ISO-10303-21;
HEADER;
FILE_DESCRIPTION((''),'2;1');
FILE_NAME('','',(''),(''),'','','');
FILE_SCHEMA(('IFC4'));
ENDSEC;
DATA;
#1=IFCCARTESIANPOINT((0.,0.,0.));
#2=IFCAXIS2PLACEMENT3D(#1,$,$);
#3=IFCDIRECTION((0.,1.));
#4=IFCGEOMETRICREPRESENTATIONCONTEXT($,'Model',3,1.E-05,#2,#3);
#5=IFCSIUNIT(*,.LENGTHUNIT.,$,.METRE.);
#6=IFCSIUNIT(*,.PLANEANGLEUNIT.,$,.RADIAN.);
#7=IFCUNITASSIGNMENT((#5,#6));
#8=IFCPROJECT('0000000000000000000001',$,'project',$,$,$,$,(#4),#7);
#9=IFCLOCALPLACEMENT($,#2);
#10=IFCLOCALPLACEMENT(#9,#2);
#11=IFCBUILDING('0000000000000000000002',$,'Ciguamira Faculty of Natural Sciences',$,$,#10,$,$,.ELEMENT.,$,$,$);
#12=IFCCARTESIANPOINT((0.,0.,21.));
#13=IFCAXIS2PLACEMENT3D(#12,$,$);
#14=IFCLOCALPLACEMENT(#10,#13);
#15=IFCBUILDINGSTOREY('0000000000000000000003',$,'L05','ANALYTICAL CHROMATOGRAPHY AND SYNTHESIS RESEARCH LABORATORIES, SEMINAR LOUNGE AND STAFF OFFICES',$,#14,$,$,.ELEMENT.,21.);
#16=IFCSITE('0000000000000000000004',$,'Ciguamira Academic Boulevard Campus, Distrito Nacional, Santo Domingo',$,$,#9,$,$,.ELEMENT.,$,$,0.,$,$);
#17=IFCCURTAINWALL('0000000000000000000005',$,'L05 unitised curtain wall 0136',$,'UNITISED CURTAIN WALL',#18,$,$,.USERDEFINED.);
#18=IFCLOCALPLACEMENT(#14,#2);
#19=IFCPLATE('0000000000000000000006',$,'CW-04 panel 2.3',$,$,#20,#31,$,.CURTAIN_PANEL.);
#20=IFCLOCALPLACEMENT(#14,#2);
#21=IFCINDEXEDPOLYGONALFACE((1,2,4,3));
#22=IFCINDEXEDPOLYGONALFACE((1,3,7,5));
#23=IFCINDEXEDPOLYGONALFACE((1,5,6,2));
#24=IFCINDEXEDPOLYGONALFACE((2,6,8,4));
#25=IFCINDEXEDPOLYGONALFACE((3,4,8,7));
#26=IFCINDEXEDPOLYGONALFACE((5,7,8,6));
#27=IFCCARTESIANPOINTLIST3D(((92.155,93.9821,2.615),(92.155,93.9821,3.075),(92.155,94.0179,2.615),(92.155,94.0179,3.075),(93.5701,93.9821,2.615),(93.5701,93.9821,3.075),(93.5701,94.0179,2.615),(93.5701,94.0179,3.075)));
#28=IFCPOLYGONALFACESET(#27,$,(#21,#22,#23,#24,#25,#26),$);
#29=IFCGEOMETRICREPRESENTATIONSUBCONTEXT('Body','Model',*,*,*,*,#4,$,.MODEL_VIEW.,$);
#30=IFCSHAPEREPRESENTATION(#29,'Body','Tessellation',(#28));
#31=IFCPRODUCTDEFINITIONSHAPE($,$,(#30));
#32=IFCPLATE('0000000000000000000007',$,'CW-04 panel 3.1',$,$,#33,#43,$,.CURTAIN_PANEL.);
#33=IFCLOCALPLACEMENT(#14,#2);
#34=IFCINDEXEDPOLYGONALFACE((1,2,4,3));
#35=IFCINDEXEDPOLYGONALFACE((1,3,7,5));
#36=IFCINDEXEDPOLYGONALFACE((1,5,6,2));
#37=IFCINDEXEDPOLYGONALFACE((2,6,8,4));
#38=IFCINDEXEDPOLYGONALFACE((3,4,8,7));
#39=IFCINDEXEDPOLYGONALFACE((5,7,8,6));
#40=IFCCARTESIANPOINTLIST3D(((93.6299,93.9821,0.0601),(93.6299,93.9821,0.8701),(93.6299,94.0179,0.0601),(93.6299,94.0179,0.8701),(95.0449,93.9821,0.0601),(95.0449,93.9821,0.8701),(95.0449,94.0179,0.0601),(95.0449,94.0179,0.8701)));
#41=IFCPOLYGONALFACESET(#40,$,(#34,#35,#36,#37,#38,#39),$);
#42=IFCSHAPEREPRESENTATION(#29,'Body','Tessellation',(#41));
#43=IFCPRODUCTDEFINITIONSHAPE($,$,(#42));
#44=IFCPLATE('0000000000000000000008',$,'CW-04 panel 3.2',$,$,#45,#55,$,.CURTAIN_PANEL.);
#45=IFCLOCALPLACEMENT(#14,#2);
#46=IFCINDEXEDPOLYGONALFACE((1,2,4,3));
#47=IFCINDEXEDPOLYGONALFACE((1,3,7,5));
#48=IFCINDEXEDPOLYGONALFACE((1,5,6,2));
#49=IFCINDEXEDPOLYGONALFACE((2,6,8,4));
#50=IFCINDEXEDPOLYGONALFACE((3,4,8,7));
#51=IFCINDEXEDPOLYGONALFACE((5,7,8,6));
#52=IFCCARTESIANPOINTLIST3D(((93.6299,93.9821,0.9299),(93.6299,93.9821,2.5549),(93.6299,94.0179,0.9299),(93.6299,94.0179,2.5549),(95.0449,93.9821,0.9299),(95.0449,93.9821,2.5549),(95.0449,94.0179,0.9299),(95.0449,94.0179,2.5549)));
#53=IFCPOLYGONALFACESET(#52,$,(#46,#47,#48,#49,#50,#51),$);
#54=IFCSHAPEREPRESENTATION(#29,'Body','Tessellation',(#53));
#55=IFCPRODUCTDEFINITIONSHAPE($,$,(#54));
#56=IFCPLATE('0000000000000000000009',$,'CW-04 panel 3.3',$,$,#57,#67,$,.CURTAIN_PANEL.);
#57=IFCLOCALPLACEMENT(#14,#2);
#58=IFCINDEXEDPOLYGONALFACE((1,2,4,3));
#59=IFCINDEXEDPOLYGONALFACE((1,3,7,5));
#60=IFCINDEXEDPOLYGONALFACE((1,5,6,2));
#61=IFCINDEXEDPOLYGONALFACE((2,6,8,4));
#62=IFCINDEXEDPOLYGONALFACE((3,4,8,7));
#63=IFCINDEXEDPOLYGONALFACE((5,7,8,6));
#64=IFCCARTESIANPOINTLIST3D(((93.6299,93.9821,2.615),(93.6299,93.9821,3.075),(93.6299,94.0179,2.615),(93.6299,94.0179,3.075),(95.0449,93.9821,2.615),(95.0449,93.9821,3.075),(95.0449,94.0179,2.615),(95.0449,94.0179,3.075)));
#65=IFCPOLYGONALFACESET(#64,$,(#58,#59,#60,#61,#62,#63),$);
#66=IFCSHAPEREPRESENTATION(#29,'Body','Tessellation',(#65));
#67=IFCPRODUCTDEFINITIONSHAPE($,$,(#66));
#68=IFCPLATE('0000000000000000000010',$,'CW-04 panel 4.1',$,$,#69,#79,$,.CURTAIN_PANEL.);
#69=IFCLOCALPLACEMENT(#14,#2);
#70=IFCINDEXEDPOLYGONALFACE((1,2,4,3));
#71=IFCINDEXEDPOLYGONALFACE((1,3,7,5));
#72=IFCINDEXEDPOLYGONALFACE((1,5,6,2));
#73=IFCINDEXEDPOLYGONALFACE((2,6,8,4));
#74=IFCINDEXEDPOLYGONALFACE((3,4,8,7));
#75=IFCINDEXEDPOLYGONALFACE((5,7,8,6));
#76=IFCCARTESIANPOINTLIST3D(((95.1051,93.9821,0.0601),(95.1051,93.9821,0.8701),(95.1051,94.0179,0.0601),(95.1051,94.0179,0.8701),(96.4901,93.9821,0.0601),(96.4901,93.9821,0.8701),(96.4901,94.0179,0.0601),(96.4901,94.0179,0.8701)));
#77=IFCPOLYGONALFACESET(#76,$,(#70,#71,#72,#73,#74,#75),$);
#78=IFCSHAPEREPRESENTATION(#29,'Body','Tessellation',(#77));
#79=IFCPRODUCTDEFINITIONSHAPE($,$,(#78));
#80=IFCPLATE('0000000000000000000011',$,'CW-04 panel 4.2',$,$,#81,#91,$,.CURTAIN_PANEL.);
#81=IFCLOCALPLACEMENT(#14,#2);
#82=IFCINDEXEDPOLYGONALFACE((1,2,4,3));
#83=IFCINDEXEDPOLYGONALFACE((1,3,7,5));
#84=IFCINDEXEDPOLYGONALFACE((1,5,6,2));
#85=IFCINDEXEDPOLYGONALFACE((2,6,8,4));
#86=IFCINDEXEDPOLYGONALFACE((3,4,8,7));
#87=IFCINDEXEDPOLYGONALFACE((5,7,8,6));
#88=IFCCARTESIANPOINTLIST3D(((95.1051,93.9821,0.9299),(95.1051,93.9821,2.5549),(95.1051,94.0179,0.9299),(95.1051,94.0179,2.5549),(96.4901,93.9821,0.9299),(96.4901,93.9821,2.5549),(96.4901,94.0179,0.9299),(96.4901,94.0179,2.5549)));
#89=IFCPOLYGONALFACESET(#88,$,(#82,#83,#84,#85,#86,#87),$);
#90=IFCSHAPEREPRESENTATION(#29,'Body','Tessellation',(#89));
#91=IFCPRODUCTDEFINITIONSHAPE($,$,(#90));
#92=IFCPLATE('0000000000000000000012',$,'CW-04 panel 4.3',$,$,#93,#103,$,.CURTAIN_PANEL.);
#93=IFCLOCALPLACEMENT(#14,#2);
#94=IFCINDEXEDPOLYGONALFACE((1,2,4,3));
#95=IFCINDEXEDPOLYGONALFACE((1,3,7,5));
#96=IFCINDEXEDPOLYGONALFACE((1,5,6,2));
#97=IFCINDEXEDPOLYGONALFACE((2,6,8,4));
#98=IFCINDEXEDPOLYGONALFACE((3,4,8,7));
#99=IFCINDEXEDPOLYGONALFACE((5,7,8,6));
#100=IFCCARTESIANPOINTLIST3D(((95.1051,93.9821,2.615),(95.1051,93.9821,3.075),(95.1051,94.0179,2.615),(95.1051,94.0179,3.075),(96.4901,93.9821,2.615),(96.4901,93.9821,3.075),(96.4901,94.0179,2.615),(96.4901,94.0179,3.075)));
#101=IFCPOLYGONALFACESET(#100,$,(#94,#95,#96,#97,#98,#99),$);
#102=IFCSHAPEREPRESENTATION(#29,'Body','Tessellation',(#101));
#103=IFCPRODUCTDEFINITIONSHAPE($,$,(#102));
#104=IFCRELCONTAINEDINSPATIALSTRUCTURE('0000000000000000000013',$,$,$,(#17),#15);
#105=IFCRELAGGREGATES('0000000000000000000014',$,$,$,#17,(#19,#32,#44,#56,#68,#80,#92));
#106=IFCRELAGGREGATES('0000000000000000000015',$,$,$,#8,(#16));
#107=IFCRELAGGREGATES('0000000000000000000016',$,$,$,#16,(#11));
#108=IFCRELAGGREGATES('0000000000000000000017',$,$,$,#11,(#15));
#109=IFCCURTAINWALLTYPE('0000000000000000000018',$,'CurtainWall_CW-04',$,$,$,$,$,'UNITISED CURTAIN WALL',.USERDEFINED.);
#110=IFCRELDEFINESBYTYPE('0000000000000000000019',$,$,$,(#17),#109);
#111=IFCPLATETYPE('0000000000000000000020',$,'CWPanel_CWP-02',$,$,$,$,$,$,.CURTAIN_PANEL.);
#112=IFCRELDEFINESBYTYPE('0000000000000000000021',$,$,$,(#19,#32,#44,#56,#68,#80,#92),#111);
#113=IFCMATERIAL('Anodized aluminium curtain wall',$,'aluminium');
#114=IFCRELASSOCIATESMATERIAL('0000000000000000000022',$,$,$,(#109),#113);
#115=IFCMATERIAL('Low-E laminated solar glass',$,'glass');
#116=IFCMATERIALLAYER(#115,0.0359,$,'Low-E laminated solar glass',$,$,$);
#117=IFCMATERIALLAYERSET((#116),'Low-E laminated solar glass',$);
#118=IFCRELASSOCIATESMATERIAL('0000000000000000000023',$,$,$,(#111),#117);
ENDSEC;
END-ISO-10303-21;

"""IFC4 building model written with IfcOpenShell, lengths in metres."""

from ifc_helpers import new_model, si_unit, direction, frame, origin, origin_2d, place, context, subcontext, project, spatial, rectangle, extrude, material, layer, layer_set, type_object, element, aggregate, save


model = new_model("IFC4")

# Units and contexts
model_context = context("Model", 3, precision=1e-05, world=origin(), true_north=direction((0.0, 1.0)))
body_context = subcontext(model_context, "Body", "Model", "MODEL_VIEW")
ifc_project = project(units=[si_unit("LENGTHUNIT", "METRE"), si_unit("PLANEANGLEUNIT", "RADIAN")], contexts=[model_context])

# Site, building, storey
site_placement = place(None, origin())
site = spatial("IfcSite", under=ifc_project, at=site_placement, Name="Ciguamira Academic Boulevard Campus, Distrito Nacional, Santo Domingo", CompositionType="ELEMENT", RefElevation=0.0)
building_placement = place(site_placement, origin())
building = spatial("IfcBuilding", under=site, at=building_placement, Name="Ciguamira Faculty of Natural Sciences", CompositionType="ELEMENT")
storey_placement = place(building_placement, frame((0.0, 0.0, 21.0)))
storey = spatial("IfcBuildingStorey", under=building, at=storey_placement, Name="L05", Description="ANALYTICAL CHROMATOGRAPHY AND SYNTHESIS RESEARCH LABORATORIES, SEMINAR LOUNGE AND STAFF OFFICES", CompositionType="ELEMENT", Elevation=21.0)

# Curtain wall, plates
ifc_material_1 = material(Name="Anodized aluminium curtain wall", Category="aluminium")
curtain_wall_type = type_object("IfcCurtainWallType", Name="CurtainWall_CW-04", ElementType="UNITISED CURTAIN WALL", PredefinedType="USERDEFINED", material=ifc_material_1)
curtain_wall_placement = place(storey_placement, origin())
curtain_wall = element("IfcCurtainWall", 1, at=curtain_wall_placement, inside=storey, type_object=curtain_wall_type, Name="L05 unitised curtain wall 0136", ObjectType="UNITISED CURTAIN WALL", PredefinedType="USERDEFINED")
ifc_material_2 = material(Name="Low-E laminated solar glass", Category="glass")
ifc_layer = layer(ifc_material_2, 0.0359, Name="Low-E laminated solar glass")
ifc_layer_set = layer_set([ifc_layer], Name="Low-E laminated solar glass")
plate_type = type_object("IfcPlateType", Name="CWPanel_CWP-02", PredefinedType="CURTAIN_PANEL", material=ifc_layer_set)
plate_1_placement = place(storey_placement, frame((92.8625, 94.0, 2.615), z_axis=(0.0, 0.0, 1.0), x_axis=(1.0, 0.0, 0.0)))
plate_1 = element("IfcPlate", 2, at=plate_1_placement, type_object=plate_type, Name="CW-04 panel 2.3", PredefinedType="CURTAIN_PANEL", context=body_context, shape_type="SweptSolid", body=[
    extrude(rectangle(XDim=1.415, YDim=0.0359, at=origin_2d()), origin(), (0.0, 0.0, 1.0), 0.46),
])
plate_2_placement = place(storey_placement, frame((94.3374, 94.0, 0.0601), z_axis=(0.0, 0.0, 1.0), x_axis=(1.0, 0.0, 0.0)))
plate_2 = element("IfcPlate", 3, at=plate_2_placement, type_object=plate_type, Name="CW-04 panel 3.1", PredefinedType="CURTAIN_PANEL", context=body_context, shape_type="SweptSolid", body=[
    extrude(rectangle(XDim=1.415, YDim=0.0359, at=origin_2d()), origin(), (0.0, 0.0, 1.0), 0.8101),
])
plate_3_placement = place(storey_placement, frame((94.3374, 94.0, 0.9299), z_axis=(0.0, 0.0, 1.0), x_axis=(1.0, 0.0, 0.0)))
plate_3 = element("IfcPlate", 4, at=plate_3_placement, type_object=plate_type, Name="CW-04 panel 3.2", PredefinedType="CURTAIN_PANEL", context=body_context, shape_type="SweptSolid", body=[
    extrude(rectangle(XDim=1.415, YDim=0.0359, at=origin_2d()), origin(), (0.0, 0.0, 1.0), 1.625),
])
plate_4_placement = place(storey_placement, frame((94.3374, 94.0, 2.615), z_axis=(0.0, 0.0, 1.0), x_axis=(1.0, 0.0, 0.0)))
plate_4 = element("IfcPlate", 5, at=plate_4_placement, type_object=plate_type, Name="CW-04 panel 3.3", PredefinedType="CURTAIN_PANEL", context=body_context, shape_type="SweptSolid", body=[
    extrude(rectangle(XDim=1.415, YDim=0.0359, at=origin_2d()), origin(), (0.0, 0.0, 1.0), 0.46),
])
plate_5_placement = place(storey_placement, frame((95.7976, 94.0, 0.0601), z_axis=(0.0, 0.0, 1.0), x_axis=(1.0, 0.0, 0.0)))
plate_5 = element("IfcPlate", 6, at=plate_5_placement, type_object=plate_type, Name="CW-04 panel 4.1", PredefinedType="CURTAIN_PANEL", context=body_context, shape_type="SweptSolid", body=[
    extrude(rectangle(XDim=1.385, YDim=0.0359, at=origin_2d()), origin(), (0.0, 0.0, 1.0), 0.8101),
])
plate_6_placement = place(storey_placement, frame((95.7976, 94.0, 0.9299), z_axis=(0.0, 0.0, 1.0), x_axis=(1.0, 0.0, 0.0)))
plate_6 = element("IfcPlate", 7, at=plate_6_placement, type_object=plate_type, Name="CW-04 panel 4.2", PredefinedType="CURTAIN_PANEL", context=body_context, shape_type="SweptSolid", body=[
    extrude(rectangle(XDim=1.385, YDim=0.0359, at=origin_2d()), origin(), (0.0, 0.0, 1.0), 1.625),
])
plate_7_placement = place(storey_placement, frame((95.7976, 94.0, 2.615), z_axis=(0.0, 0.0, 1.0), x_axis=(1.0, 0.0, 0.0)))
plate_7 = element("IfcPlate", 8, at=plate_7_placement, type_object=plate_type, Name="CW-04 panel 4.3", PredefinedType="CURTAIN_PANEL", context=body_context, shape_type="SweptSolid", body=[
    extrude(rectangle(XDim=1.385, YDim=0.0359, at=origin_2d()), origin(), (0.0, 0.0, 1.0), 0.46),
])
aggregate(curtain_wall, [plate_1, plate_2, plate_3, plate_4, plate_5, plate_6, plate_7])

save(model, "model.ifc")
